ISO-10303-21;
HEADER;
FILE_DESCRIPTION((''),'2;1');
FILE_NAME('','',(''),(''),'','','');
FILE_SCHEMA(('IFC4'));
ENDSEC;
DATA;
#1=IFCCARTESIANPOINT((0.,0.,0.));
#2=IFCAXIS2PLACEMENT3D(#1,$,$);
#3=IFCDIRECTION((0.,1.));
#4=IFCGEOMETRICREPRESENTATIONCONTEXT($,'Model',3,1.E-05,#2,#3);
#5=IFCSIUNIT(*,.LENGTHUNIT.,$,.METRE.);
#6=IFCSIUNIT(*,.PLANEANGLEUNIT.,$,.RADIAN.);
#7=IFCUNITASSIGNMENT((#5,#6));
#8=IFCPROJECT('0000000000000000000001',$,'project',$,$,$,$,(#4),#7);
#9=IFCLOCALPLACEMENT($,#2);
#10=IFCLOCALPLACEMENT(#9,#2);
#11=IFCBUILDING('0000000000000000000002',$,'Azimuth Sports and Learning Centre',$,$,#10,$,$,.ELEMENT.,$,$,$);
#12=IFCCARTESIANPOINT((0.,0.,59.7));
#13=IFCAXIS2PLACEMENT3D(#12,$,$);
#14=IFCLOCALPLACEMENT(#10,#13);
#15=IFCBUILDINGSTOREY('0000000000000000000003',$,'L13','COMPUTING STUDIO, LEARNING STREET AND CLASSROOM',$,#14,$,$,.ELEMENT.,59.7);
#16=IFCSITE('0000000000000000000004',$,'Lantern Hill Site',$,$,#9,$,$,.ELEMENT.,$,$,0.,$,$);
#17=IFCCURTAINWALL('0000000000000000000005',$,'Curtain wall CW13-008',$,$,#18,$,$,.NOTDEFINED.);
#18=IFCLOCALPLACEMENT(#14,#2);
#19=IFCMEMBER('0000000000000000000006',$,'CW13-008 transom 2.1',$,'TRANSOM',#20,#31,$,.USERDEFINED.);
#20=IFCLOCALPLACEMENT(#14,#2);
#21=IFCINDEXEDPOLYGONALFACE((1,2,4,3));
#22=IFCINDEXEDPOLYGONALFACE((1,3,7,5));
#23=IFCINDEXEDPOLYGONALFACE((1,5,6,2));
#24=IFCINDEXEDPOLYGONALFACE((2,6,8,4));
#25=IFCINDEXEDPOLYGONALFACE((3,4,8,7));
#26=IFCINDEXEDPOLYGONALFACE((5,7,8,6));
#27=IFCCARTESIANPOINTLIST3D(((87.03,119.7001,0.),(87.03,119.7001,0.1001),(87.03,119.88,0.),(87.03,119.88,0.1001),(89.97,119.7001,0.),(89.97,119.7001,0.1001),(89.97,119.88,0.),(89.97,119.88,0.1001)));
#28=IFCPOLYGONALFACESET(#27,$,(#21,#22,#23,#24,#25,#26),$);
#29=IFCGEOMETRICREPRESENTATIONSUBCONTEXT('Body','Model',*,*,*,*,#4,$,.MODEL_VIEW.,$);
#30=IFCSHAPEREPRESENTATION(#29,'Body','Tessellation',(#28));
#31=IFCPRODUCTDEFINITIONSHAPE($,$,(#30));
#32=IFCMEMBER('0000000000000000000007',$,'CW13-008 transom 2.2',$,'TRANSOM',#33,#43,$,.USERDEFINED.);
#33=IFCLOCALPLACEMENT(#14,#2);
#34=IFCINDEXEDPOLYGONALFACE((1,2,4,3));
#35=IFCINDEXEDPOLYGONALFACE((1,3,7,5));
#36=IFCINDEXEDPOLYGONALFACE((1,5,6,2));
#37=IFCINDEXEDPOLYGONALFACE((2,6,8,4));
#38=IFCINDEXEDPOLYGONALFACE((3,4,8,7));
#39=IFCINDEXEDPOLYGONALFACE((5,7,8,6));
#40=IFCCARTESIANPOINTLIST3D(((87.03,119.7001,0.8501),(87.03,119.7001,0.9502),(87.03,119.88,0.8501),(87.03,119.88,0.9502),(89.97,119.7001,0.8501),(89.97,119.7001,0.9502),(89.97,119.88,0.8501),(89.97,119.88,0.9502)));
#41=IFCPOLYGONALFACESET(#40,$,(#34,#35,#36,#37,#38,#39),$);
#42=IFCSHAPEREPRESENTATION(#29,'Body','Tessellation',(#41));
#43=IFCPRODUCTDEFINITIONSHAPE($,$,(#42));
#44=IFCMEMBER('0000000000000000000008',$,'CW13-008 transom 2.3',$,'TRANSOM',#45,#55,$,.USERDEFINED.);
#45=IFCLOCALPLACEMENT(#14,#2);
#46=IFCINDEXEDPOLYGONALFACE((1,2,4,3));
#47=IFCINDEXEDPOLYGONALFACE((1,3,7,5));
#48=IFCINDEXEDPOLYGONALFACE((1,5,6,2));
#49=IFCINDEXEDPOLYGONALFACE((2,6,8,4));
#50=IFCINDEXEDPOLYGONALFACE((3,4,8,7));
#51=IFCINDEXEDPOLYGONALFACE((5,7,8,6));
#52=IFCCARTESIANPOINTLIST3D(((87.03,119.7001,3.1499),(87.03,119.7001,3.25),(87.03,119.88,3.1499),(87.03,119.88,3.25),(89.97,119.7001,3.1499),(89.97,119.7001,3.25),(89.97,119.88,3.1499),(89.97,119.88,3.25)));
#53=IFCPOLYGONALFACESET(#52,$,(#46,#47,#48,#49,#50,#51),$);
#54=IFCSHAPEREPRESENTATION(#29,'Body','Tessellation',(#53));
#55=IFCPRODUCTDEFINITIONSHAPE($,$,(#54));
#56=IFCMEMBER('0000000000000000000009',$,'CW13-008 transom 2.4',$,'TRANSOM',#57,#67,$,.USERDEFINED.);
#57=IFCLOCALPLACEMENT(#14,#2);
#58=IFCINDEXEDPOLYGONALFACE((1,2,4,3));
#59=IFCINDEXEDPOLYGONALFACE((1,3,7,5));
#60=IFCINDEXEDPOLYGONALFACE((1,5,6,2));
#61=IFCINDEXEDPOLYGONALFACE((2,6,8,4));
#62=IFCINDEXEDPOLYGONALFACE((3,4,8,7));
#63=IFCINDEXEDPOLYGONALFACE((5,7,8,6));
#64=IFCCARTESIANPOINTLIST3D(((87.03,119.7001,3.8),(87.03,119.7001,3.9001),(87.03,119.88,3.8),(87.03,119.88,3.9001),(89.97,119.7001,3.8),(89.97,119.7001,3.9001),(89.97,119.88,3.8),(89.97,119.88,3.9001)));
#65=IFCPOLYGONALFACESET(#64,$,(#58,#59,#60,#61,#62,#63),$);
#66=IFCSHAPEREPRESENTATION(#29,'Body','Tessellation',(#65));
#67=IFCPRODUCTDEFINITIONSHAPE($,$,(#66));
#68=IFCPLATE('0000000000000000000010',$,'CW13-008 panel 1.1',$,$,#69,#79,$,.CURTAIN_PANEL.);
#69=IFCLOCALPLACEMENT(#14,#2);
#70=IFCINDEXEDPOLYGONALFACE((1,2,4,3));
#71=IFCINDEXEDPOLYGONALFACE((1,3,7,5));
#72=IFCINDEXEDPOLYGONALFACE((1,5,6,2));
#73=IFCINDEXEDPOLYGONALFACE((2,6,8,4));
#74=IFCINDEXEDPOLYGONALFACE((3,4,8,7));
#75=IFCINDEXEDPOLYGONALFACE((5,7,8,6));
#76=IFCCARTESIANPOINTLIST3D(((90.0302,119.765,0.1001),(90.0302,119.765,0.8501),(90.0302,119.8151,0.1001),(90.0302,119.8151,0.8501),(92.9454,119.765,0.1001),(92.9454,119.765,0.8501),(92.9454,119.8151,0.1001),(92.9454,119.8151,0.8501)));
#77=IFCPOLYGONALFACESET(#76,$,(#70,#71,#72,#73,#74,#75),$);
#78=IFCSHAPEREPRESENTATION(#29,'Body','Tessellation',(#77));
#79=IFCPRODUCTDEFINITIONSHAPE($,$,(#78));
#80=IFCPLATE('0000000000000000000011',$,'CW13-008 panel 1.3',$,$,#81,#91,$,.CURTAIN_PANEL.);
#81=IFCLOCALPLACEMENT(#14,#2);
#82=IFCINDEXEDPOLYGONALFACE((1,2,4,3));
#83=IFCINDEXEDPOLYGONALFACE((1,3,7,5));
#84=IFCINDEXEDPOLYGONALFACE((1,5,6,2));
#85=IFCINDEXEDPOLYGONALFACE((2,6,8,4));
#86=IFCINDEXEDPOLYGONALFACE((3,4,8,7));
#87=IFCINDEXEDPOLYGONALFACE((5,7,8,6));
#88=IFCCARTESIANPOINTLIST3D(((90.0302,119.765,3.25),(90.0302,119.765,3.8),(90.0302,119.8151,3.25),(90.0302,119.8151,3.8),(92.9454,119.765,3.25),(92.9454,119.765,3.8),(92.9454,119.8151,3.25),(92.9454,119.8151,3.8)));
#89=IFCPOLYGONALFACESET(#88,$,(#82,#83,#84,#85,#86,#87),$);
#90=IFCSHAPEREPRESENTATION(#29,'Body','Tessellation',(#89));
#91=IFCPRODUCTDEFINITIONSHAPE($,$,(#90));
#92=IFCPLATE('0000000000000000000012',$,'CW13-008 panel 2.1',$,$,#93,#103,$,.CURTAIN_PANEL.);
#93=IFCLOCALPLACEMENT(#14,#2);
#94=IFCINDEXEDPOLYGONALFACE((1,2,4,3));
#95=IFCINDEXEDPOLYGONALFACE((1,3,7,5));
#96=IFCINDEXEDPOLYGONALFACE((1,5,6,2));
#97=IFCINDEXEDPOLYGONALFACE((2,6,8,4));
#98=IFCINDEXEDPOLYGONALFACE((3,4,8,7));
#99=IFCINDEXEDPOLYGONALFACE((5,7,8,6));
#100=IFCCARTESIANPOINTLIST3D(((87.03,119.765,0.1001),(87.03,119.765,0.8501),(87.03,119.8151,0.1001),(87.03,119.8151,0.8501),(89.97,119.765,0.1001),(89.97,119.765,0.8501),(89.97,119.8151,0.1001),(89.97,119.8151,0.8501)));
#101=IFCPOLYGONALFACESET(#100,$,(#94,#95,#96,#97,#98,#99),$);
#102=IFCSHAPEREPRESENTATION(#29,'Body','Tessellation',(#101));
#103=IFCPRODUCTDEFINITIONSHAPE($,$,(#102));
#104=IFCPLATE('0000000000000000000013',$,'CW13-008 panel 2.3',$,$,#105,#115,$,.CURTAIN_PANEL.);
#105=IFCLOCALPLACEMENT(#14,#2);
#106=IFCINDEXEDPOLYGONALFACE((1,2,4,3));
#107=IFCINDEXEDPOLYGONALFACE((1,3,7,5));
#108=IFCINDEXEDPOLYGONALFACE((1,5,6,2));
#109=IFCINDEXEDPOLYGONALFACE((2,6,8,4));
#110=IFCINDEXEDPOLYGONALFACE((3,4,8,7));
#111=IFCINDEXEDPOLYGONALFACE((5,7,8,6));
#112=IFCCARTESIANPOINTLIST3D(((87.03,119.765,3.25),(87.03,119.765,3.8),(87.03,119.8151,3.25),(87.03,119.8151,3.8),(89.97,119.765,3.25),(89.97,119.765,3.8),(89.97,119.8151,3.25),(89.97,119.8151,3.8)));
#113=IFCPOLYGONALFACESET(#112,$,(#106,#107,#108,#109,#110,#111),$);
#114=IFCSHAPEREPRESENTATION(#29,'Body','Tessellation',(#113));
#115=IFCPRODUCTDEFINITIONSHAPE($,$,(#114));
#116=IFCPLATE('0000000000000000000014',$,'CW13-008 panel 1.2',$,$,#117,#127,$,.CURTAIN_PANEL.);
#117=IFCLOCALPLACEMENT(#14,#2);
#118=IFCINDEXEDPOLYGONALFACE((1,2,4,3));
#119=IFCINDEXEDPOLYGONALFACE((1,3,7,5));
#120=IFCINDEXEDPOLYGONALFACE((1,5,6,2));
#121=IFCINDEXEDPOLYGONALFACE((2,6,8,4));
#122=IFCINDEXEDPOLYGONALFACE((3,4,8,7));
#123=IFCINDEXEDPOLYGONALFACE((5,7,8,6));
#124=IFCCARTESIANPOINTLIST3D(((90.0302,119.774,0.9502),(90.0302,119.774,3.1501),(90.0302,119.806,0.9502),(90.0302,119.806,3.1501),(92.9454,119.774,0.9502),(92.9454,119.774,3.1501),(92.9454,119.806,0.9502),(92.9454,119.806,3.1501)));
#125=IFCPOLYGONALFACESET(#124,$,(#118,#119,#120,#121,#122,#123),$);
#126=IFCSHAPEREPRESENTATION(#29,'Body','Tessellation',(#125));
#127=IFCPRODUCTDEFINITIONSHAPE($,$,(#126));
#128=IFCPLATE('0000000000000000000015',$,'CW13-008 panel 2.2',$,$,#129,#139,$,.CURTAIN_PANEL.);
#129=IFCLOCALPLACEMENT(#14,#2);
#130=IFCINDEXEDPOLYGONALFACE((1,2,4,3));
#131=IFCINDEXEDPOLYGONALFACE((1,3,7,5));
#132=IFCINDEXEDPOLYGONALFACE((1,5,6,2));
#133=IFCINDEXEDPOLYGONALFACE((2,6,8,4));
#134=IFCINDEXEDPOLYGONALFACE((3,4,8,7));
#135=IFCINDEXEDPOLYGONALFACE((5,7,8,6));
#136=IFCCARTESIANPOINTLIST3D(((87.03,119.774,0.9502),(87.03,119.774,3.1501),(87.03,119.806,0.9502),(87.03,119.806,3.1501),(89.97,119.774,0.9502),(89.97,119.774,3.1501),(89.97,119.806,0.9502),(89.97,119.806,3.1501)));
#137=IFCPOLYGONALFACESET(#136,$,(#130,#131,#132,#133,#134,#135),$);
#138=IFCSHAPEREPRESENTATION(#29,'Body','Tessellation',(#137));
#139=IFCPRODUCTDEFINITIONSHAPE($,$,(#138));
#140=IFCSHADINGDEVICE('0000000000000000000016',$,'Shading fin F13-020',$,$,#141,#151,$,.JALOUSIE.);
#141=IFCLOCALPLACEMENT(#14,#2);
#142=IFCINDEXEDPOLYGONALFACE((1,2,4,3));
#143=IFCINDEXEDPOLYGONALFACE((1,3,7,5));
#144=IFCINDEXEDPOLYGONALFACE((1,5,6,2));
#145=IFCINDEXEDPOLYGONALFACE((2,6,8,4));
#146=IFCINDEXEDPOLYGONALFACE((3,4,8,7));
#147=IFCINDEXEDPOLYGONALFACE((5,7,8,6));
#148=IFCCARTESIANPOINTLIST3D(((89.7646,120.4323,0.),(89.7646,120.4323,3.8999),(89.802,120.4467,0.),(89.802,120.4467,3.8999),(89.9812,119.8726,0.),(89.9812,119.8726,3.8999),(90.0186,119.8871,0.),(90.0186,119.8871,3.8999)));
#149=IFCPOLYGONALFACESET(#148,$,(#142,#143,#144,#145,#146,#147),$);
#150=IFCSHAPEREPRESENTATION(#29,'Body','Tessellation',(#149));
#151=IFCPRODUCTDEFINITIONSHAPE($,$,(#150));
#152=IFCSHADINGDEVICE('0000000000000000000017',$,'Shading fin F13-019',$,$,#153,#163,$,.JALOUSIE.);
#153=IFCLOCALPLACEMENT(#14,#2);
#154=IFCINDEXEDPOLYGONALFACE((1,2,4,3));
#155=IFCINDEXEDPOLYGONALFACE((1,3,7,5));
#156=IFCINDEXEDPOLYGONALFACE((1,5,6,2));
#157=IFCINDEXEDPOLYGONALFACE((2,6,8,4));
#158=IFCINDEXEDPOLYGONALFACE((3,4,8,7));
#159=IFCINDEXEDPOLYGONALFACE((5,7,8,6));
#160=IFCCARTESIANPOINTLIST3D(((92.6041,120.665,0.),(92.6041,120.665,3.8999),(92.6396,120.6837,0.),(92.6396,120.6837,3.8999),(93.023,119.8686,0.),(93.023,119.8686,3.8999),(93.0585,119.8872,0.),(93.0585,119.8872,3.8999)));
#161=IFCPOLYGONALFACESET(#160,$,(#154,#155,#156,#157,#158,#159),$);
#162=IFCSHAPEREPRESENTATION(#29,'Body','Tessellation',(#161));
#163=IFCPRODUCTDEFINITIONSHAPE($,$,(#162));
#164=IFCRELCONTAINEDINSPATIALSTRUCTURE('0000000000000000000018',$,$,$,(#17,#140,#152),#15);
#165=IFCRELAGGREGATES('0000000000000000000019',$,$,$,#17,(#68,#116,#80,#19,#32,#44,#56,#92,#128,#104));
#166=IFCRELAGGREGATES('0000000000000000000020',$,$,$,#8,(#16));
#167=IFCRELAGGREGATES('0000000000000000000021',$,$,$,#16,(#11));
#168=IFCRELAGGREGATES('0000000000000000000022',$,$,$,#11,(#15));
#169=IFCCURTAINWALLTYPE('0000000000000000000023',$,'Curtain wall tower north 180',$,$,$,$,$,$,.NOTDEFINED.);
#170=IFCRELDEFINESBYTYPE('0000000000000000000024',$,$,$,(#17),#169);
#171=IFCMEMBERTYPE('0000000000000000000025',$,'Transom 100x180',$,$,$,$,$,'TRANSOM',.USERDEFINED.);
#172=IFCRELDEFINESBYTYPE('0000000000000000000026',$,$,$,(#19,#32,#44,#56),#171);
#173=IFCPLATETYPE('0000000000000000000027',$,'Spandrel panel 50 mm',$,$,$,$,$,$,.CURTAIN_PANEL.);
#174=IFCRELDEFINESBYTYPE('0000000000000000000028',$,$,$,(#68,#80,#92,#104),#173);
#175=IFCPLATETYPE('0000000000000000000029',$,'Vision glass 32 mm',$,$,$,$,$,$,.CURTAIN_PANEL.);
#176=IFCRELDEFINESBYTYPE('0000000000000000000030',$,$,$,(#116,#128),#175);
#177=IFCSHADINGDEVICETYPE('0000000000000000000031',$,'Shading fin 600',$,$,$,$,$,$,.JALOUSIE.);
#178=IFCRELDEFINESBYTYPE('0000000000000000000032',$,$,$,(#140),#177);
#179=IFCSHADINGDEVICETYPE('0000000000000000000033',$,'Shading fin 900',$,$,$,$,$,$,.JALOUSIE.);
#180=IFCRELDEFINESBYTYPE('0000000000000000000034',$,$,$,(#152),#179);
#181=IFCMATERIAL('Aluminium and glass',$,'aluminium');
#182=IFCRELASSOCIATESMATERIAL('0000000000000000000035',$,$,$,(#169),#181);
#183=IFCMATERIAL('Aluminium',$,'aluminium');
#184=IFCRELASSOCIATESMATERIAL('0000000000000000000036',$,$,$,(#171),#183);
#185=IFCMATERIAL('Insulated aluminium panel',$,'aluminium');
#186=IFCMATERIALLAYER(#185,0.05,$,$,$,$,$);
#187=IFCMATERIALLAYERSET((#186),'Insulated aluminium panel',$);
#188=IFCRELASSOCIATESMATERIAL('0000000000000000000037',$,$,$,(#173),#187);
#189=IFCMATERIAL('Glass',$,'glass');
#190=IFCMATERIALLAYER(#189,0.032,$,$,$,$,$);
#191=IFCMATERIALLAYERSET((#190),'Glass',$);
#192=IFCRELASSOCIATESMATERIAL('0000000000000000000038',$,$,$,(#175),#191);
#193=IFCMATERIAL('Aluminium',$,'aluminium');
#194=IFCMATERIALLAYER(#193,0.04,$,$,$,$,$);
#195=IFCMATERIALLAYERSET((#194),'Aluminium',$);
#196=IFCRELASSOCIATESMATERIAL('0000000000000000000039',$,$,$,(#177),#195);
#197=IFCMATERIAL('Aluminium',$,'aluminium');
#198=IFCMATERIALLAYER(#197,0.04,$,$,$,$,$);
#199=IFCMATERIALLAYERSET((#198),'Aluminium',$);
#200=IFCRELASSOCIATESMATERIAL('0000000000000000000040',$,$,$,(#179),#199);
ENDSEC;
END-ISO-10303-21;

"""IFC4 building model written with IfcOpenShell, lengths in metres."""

from ifc_helpers import new_model, si_unit, direction, frame, origin, origin_2d, place, context, subcontext, project, spatial, rectangle, extrude, material, layer, layer_set, material_profile, profile_set, type_object, element, aggregate, save


model = new_model("IFC4")

# Units and contexts
model_context = context("Model", 3, precision=1e-05, world=origin(), true_north=direction((0.0, 1.0)))
body_context = subcontext(model_context, "Body", "Model", "MODEL_VIEW")
ifc_project = project(units=[si_unit("LENGTHUNIT", "METRE"), si_unit("PLANEANGLEUNIT", "RADIAN")], contexts=[model_context])

# Site, building, storey
site_placement = place(None, origin())
site = spatial("IfcSite", under=ifc_project, at=site_placement, Name="Lantern Hill Site", CompositionType="ELEMENT", RefElevation=0.0)
building_placement = place(site_placement, origin())
building = spatial("IfcBuilding", under=site, at=building_placement, Name="Azimuth Sports and Learning Centre", CompositionType="ELEMENT")
storey_placement = place(building_placement, frame((0.0, 0.0, 59.7)))
storey = spatial("IfcBuildingStorey", under=building, at=storey_placement, Name="L13", Description="COMPUTING STUDIO, LEARNING STREET AND CLASSROOM", CompositionType="ELEMENT", Elevation=59.7)

# Curtain wall, members, plates
ifc_material_1 = material(Name="Aluminium and glass", Category="aluminium")
curtain_wall_type = type_object("IfcCurtainWallType", Name="Curtain wall tower north 180", PredefinedType="NOTDEFINED", material=ifc_material_1)
curtain_wall_placement = place(storey_placement, origin())
curtain_wall = element("IfcCurtainWall", 1, at=curtain_wall_placement, inside=storey, type_object=curtain_wall_type, Name="Curtain wall CW13-008", PredefinedType="NOTDEFINED")
ifc_material_2 = material(Name="Aluminium", Category="aluminium")
ifc_material_profile_1 = material_profile(ifc_material_2, rectangle(XDim=0.1799, YDim=0.1001, at=origin_2d()), Name="Transom 100x180")
ifc_profile_set_1 = profile_set([ifc_material_profile_1], Name="Aluminium")
member_type_1 = type_object("IfcMemberType", Name="Transom 100x180", ElementType="TRANSOM", PredefinedType="USERDEFINED", material=ifc_profile_set_1)
member_1_placement = place(storey_placement, frame((89.97, 119.79, 0.05), z_axis=(-1.0, 0.0, 0.0), x_axis=(0.0, -1.0, 0.0)))
member_1 = element("IfcMember", 2, at=member_1_placement, type_object=member_type_1, Name="CW13-008 transom 2.1", ObjectType="TRANSOM", PredefinedType="USERDEFINED", context=body_context, shape_type="SweptSolid", body=[
    extrude(rectangle(XDim=0.1799, YDim=0.1001, at=origin_2d()), origin(), (0.0, 0.0, 1.0), 2.9399),
])
member_2_placement = place(storey_placement, frame((89.97, 119.79, 0.9001), z_axis=(-1.0, 0.0, 0.0), x_axis=(0.0, -1.0, 0.0)))
member_2 = element("IfcMember", 3, at=member_2_placement, type_object=member_type_1, Name="CW13-008 transom 2.2", ObjectType="TRANSOM", PredefinedType="USERDEFINED", context=body_context, shape_type="SweptSolid", body=[
    extrude(rectangle(XDim=0.1799, YDim=0.1001, at=origin_2d()), origin(), (0.0, 0.0, 1.0), 2.9399),
])
member_3_placement = place(storey_placement, frame((89.97, 119.79, 3.2), z_axis=(-1.0, 0.0, 0.0), x_axis=(0.0, -1.0, 0.0)))
member_3 = element("IfcMember", 4, at=member_3_placement, type_object=member_type_1, Name="CW13-008 transom 2.3", ObjectType="TRANSOM", PredefinedType="USERDEFINED", context=body_context, shape_type="SweptSolid", body=[
    extrude(rectangle(XDim=0.1799, YDim=0.1001, at=origin_2d()), origin(), (0.0, 0.0, 1.0), 2.9399),
])
member_4_placement = place(storey_placement, frame((89.97, 119.79, 3.8501), z_axis=(-1.0, 0.0, 0.0), x_axis=(0.0, -1.0, 0.0)))
member_4 = element("IfcMember", 5, at=member_4_placement, type_object=member_type_1, Name="CW13-008 transom 2.4", ObjectType="TRANSOM", PredefinedType="USERDEFINED", context=body_context, shape_type="SweptSolid", body=[
    extrude(rectangle(XDim=0.1799, YDim=0.1001, at=origin_2d()), origin(), (0.0, 0.0, 1.0), 2.9399),
])
ifc_material_3 = material(Name="Insulated aluminium panel", Category="aluminium")
ifc_layer_1 = layer(ifc_material_3, 0.05)
ifc_layer_set_1 = layer_set([ifc_layer_1], Name="Insulated aluminium panel")
plate_type_1 = type_object("IfcPlateType", Name="Spandrel panel 50 mm", PredefinedType="CURTAIN_PANEL", material=ifc_layer_set_1)
plate_1_placement = place(storey_placement, frame((91.4878, 119.79, 0.1001), z_axis=(0.0, 0.0, 1.0), x_axis=(-1.0, 0.0, 0.0)))
plate_1 = element("IfcPlate", 6, at=plate_1_placement, type_object=plate_type_1, Name="CW13-008 panel 1.1", PredefinedType="CURTAIN_PANEL", context=body_context, shape_type="SweptSolid", body=[
    extrude(rectangle(XDim=2.9153, YDim=0.05, at=origin_2d()), origin(), (0.0, 0.0, 1.0), 0.75),
])
plate_2_placement = place(storey_placement, frame((91.4878, 119.79, 3.25), z_axis=(0.0, 0.0, 1.0), x_axis=(-1.0, 0.0, 0.0)))
plate_2 = element("IfcPlate", 7, at=plate_2_placement, type_object=plate_type_1, Name="CW13-008 panel 1.3", PredefinedType="CURTAIN_PANEL", context=body_context, shape_type="SweptSolid", body=[
    extrude(rectangle(XDim=2.9153, YDim=0.05, at=origin_2d()), origin(), (0.0, 0.0, 1.0), 0.55),
])
plate_3_placement = place(storey_placement, frame((88.5, 119.79, 0.1001), z_axis=(0.0, 0.0, 1.0), x_axis=(-1.0, 0.0, 0.0)))
plate_3 = element("IfcPlate", 8, at=plate_3_placement, type_object=plate_type_1, Name="CW13-008 panel 2.1", PredefinedType="CURTAIN_PANEL", context=body_context, shape_type="SweptSolid", body=[
    extrude(rectangle(XDim=2.9399, YDim=0.05, at=origin_2d()), origin(), (0.0, 0.0, 1.0), 0.75),
])
plate_4_placement = place(storey_placement, frame((88.5, 119.79, 3.25), z_axis=(0.0, 0.0, 1.0), x_axis=(-1.0, 0.0, 0.0)))
plate_4 = element("IfcPlate", 9, at=plate_4_placement, type_object=plate_type_1, Name="CW13-008 panel 2.3", PredefinedType="CURTAIN_PANEL", context=body_context, shape_type="SweptSolid", body=[
    extrude(rectangle(XDim=2.9399, YDim=0.05, at=origin_2d()), origin(), (0.0, 0.0, 1.0), 0.55),
])
ifc_material_4 = material(Name="Glass", Category="glass")
ifc_layer_2 = layer(ifc_material_4, 0.032)
ifc_layer_set_2 = layer_set([ifc_layer_2], Name="Glass")
plate_type_2 = type_object("IfcPlateType", Name="Vision glass 32 mm", PredefinedType="CURTAIN_PANEL", material=ifc_layer_set_2)
plate_5_placement = place(storey_placement, frame((91.4878, 119.79, 0.9502), z_axis=(0.0, 0.0, 1.0), x_axis=(-1.0, 0.0, 0.0)))
plate_5 = element("IfcPlate", 10, at=plate_5_placement, type_object=plate_type_2, Name="CW13-008 panel 1.2", PredefinedType="CURTAIN_PANEL", context=body_context, shape_type="SweptSolid", body=[
    extrude(rectangle(XDim=2.9153, YDim=0.032, at=origin_2d()), origin(), (0.0, 0.0, 1.0), 2.2),
])
plate_6_placement = place(storey_placement, frame((88.5, 119.79, 0.9502), z_axis=(0.0, 0.0, 1.0), x_axis=(-1.0, 0.0, 0.0)))
plate_6 = element("IfcPlate", 11, at=plate_6_placement, type_object=plate_type_2, Name="CW13-008 panel 2.2", PredefinedType="CURTAIN_PANEL", context=body_context, shape_type="SweptSolid", body=[
    extrude(rectangle(XDim=2.9399, YDim=0.032, at=origin_2d()), origin(), (0.0, 0.0, 1.0), 2.2),
])
aggregate(curtain_wall, [plate_1, plate_5, plate_2, member_1, member_2, member_3, member_4, plate_3, plate_6, plate_4])

# Shading devices
ifc_material_5 = material(Name="Aluminium", Category="aluminium")
ifc_layer_3 = layer(ifc_material_5, 0.04)
ifc_layer_set_3 = layer_set([ifc_layer_3], Name="Aluminium")
shading_device_type_1 = type_object("IfcShadingDeviceType", Name="Shading fin 600", PredefinedType="JALOUSIE", material=ifc_layer_set_3)
shading_device_1_placement = place(storey_placement, frame((89.8916, 120.1597, 0.0), z_axis=(0.0, 0.0, 1.0), x_axis=(-0.360978, 0.932574, 0.0)))
element("IfcShadingDevice", 12, at=shading_device_1_placement, inside=storey, type_object=shading_device_type_1, Name="Shading fin F13-020", PredefinedType="JALOUSIE", context=body_context, shape_type="SweptSolid", body=[
    extrude(rectangle(XDim=0.6001, YDim=0.04, at=origin_2d()), origin(), (0.0, 0.0, 1.0), 3.8999),
])
ifc_material_6 = material(Name="Aluminium", Category="aluminium")
ifc_layer_4 = layer(ifc_material_6, 0.04)
ifc_layer_set_4 = layer_set([ifc_layer_4], Name="Aluminium")
shading_device_type_2 = type_object("IfcShadingDeviceType", Name="Shading fin 900", PredefinedType="JALOUSIE", material=ifc_layer_set_4)
shading_device_2_placement = place(storey_placement, frame((92.8313, 120.2761, 0.0), z_axis=(0.0, 0.0, 1.0), x_axis=(-0.465511, 0.885042, 0.0)))
element("IfcShadingDevice", 13, at=shading_device_2_placement, inside=storey, type_object=shading_device_type_2, Name="Shading fin F13-019", PredefinedType="JALOUSIE", context=body_context, shape_type="SweptSolid", body=[
    extrude(rectangle(XDim=0.8999, YDim=0.04, at=origin_2d()), origin(), (0.0, 0.0, 1.0), 3.8999),
])

save(model, "model.ifc")
